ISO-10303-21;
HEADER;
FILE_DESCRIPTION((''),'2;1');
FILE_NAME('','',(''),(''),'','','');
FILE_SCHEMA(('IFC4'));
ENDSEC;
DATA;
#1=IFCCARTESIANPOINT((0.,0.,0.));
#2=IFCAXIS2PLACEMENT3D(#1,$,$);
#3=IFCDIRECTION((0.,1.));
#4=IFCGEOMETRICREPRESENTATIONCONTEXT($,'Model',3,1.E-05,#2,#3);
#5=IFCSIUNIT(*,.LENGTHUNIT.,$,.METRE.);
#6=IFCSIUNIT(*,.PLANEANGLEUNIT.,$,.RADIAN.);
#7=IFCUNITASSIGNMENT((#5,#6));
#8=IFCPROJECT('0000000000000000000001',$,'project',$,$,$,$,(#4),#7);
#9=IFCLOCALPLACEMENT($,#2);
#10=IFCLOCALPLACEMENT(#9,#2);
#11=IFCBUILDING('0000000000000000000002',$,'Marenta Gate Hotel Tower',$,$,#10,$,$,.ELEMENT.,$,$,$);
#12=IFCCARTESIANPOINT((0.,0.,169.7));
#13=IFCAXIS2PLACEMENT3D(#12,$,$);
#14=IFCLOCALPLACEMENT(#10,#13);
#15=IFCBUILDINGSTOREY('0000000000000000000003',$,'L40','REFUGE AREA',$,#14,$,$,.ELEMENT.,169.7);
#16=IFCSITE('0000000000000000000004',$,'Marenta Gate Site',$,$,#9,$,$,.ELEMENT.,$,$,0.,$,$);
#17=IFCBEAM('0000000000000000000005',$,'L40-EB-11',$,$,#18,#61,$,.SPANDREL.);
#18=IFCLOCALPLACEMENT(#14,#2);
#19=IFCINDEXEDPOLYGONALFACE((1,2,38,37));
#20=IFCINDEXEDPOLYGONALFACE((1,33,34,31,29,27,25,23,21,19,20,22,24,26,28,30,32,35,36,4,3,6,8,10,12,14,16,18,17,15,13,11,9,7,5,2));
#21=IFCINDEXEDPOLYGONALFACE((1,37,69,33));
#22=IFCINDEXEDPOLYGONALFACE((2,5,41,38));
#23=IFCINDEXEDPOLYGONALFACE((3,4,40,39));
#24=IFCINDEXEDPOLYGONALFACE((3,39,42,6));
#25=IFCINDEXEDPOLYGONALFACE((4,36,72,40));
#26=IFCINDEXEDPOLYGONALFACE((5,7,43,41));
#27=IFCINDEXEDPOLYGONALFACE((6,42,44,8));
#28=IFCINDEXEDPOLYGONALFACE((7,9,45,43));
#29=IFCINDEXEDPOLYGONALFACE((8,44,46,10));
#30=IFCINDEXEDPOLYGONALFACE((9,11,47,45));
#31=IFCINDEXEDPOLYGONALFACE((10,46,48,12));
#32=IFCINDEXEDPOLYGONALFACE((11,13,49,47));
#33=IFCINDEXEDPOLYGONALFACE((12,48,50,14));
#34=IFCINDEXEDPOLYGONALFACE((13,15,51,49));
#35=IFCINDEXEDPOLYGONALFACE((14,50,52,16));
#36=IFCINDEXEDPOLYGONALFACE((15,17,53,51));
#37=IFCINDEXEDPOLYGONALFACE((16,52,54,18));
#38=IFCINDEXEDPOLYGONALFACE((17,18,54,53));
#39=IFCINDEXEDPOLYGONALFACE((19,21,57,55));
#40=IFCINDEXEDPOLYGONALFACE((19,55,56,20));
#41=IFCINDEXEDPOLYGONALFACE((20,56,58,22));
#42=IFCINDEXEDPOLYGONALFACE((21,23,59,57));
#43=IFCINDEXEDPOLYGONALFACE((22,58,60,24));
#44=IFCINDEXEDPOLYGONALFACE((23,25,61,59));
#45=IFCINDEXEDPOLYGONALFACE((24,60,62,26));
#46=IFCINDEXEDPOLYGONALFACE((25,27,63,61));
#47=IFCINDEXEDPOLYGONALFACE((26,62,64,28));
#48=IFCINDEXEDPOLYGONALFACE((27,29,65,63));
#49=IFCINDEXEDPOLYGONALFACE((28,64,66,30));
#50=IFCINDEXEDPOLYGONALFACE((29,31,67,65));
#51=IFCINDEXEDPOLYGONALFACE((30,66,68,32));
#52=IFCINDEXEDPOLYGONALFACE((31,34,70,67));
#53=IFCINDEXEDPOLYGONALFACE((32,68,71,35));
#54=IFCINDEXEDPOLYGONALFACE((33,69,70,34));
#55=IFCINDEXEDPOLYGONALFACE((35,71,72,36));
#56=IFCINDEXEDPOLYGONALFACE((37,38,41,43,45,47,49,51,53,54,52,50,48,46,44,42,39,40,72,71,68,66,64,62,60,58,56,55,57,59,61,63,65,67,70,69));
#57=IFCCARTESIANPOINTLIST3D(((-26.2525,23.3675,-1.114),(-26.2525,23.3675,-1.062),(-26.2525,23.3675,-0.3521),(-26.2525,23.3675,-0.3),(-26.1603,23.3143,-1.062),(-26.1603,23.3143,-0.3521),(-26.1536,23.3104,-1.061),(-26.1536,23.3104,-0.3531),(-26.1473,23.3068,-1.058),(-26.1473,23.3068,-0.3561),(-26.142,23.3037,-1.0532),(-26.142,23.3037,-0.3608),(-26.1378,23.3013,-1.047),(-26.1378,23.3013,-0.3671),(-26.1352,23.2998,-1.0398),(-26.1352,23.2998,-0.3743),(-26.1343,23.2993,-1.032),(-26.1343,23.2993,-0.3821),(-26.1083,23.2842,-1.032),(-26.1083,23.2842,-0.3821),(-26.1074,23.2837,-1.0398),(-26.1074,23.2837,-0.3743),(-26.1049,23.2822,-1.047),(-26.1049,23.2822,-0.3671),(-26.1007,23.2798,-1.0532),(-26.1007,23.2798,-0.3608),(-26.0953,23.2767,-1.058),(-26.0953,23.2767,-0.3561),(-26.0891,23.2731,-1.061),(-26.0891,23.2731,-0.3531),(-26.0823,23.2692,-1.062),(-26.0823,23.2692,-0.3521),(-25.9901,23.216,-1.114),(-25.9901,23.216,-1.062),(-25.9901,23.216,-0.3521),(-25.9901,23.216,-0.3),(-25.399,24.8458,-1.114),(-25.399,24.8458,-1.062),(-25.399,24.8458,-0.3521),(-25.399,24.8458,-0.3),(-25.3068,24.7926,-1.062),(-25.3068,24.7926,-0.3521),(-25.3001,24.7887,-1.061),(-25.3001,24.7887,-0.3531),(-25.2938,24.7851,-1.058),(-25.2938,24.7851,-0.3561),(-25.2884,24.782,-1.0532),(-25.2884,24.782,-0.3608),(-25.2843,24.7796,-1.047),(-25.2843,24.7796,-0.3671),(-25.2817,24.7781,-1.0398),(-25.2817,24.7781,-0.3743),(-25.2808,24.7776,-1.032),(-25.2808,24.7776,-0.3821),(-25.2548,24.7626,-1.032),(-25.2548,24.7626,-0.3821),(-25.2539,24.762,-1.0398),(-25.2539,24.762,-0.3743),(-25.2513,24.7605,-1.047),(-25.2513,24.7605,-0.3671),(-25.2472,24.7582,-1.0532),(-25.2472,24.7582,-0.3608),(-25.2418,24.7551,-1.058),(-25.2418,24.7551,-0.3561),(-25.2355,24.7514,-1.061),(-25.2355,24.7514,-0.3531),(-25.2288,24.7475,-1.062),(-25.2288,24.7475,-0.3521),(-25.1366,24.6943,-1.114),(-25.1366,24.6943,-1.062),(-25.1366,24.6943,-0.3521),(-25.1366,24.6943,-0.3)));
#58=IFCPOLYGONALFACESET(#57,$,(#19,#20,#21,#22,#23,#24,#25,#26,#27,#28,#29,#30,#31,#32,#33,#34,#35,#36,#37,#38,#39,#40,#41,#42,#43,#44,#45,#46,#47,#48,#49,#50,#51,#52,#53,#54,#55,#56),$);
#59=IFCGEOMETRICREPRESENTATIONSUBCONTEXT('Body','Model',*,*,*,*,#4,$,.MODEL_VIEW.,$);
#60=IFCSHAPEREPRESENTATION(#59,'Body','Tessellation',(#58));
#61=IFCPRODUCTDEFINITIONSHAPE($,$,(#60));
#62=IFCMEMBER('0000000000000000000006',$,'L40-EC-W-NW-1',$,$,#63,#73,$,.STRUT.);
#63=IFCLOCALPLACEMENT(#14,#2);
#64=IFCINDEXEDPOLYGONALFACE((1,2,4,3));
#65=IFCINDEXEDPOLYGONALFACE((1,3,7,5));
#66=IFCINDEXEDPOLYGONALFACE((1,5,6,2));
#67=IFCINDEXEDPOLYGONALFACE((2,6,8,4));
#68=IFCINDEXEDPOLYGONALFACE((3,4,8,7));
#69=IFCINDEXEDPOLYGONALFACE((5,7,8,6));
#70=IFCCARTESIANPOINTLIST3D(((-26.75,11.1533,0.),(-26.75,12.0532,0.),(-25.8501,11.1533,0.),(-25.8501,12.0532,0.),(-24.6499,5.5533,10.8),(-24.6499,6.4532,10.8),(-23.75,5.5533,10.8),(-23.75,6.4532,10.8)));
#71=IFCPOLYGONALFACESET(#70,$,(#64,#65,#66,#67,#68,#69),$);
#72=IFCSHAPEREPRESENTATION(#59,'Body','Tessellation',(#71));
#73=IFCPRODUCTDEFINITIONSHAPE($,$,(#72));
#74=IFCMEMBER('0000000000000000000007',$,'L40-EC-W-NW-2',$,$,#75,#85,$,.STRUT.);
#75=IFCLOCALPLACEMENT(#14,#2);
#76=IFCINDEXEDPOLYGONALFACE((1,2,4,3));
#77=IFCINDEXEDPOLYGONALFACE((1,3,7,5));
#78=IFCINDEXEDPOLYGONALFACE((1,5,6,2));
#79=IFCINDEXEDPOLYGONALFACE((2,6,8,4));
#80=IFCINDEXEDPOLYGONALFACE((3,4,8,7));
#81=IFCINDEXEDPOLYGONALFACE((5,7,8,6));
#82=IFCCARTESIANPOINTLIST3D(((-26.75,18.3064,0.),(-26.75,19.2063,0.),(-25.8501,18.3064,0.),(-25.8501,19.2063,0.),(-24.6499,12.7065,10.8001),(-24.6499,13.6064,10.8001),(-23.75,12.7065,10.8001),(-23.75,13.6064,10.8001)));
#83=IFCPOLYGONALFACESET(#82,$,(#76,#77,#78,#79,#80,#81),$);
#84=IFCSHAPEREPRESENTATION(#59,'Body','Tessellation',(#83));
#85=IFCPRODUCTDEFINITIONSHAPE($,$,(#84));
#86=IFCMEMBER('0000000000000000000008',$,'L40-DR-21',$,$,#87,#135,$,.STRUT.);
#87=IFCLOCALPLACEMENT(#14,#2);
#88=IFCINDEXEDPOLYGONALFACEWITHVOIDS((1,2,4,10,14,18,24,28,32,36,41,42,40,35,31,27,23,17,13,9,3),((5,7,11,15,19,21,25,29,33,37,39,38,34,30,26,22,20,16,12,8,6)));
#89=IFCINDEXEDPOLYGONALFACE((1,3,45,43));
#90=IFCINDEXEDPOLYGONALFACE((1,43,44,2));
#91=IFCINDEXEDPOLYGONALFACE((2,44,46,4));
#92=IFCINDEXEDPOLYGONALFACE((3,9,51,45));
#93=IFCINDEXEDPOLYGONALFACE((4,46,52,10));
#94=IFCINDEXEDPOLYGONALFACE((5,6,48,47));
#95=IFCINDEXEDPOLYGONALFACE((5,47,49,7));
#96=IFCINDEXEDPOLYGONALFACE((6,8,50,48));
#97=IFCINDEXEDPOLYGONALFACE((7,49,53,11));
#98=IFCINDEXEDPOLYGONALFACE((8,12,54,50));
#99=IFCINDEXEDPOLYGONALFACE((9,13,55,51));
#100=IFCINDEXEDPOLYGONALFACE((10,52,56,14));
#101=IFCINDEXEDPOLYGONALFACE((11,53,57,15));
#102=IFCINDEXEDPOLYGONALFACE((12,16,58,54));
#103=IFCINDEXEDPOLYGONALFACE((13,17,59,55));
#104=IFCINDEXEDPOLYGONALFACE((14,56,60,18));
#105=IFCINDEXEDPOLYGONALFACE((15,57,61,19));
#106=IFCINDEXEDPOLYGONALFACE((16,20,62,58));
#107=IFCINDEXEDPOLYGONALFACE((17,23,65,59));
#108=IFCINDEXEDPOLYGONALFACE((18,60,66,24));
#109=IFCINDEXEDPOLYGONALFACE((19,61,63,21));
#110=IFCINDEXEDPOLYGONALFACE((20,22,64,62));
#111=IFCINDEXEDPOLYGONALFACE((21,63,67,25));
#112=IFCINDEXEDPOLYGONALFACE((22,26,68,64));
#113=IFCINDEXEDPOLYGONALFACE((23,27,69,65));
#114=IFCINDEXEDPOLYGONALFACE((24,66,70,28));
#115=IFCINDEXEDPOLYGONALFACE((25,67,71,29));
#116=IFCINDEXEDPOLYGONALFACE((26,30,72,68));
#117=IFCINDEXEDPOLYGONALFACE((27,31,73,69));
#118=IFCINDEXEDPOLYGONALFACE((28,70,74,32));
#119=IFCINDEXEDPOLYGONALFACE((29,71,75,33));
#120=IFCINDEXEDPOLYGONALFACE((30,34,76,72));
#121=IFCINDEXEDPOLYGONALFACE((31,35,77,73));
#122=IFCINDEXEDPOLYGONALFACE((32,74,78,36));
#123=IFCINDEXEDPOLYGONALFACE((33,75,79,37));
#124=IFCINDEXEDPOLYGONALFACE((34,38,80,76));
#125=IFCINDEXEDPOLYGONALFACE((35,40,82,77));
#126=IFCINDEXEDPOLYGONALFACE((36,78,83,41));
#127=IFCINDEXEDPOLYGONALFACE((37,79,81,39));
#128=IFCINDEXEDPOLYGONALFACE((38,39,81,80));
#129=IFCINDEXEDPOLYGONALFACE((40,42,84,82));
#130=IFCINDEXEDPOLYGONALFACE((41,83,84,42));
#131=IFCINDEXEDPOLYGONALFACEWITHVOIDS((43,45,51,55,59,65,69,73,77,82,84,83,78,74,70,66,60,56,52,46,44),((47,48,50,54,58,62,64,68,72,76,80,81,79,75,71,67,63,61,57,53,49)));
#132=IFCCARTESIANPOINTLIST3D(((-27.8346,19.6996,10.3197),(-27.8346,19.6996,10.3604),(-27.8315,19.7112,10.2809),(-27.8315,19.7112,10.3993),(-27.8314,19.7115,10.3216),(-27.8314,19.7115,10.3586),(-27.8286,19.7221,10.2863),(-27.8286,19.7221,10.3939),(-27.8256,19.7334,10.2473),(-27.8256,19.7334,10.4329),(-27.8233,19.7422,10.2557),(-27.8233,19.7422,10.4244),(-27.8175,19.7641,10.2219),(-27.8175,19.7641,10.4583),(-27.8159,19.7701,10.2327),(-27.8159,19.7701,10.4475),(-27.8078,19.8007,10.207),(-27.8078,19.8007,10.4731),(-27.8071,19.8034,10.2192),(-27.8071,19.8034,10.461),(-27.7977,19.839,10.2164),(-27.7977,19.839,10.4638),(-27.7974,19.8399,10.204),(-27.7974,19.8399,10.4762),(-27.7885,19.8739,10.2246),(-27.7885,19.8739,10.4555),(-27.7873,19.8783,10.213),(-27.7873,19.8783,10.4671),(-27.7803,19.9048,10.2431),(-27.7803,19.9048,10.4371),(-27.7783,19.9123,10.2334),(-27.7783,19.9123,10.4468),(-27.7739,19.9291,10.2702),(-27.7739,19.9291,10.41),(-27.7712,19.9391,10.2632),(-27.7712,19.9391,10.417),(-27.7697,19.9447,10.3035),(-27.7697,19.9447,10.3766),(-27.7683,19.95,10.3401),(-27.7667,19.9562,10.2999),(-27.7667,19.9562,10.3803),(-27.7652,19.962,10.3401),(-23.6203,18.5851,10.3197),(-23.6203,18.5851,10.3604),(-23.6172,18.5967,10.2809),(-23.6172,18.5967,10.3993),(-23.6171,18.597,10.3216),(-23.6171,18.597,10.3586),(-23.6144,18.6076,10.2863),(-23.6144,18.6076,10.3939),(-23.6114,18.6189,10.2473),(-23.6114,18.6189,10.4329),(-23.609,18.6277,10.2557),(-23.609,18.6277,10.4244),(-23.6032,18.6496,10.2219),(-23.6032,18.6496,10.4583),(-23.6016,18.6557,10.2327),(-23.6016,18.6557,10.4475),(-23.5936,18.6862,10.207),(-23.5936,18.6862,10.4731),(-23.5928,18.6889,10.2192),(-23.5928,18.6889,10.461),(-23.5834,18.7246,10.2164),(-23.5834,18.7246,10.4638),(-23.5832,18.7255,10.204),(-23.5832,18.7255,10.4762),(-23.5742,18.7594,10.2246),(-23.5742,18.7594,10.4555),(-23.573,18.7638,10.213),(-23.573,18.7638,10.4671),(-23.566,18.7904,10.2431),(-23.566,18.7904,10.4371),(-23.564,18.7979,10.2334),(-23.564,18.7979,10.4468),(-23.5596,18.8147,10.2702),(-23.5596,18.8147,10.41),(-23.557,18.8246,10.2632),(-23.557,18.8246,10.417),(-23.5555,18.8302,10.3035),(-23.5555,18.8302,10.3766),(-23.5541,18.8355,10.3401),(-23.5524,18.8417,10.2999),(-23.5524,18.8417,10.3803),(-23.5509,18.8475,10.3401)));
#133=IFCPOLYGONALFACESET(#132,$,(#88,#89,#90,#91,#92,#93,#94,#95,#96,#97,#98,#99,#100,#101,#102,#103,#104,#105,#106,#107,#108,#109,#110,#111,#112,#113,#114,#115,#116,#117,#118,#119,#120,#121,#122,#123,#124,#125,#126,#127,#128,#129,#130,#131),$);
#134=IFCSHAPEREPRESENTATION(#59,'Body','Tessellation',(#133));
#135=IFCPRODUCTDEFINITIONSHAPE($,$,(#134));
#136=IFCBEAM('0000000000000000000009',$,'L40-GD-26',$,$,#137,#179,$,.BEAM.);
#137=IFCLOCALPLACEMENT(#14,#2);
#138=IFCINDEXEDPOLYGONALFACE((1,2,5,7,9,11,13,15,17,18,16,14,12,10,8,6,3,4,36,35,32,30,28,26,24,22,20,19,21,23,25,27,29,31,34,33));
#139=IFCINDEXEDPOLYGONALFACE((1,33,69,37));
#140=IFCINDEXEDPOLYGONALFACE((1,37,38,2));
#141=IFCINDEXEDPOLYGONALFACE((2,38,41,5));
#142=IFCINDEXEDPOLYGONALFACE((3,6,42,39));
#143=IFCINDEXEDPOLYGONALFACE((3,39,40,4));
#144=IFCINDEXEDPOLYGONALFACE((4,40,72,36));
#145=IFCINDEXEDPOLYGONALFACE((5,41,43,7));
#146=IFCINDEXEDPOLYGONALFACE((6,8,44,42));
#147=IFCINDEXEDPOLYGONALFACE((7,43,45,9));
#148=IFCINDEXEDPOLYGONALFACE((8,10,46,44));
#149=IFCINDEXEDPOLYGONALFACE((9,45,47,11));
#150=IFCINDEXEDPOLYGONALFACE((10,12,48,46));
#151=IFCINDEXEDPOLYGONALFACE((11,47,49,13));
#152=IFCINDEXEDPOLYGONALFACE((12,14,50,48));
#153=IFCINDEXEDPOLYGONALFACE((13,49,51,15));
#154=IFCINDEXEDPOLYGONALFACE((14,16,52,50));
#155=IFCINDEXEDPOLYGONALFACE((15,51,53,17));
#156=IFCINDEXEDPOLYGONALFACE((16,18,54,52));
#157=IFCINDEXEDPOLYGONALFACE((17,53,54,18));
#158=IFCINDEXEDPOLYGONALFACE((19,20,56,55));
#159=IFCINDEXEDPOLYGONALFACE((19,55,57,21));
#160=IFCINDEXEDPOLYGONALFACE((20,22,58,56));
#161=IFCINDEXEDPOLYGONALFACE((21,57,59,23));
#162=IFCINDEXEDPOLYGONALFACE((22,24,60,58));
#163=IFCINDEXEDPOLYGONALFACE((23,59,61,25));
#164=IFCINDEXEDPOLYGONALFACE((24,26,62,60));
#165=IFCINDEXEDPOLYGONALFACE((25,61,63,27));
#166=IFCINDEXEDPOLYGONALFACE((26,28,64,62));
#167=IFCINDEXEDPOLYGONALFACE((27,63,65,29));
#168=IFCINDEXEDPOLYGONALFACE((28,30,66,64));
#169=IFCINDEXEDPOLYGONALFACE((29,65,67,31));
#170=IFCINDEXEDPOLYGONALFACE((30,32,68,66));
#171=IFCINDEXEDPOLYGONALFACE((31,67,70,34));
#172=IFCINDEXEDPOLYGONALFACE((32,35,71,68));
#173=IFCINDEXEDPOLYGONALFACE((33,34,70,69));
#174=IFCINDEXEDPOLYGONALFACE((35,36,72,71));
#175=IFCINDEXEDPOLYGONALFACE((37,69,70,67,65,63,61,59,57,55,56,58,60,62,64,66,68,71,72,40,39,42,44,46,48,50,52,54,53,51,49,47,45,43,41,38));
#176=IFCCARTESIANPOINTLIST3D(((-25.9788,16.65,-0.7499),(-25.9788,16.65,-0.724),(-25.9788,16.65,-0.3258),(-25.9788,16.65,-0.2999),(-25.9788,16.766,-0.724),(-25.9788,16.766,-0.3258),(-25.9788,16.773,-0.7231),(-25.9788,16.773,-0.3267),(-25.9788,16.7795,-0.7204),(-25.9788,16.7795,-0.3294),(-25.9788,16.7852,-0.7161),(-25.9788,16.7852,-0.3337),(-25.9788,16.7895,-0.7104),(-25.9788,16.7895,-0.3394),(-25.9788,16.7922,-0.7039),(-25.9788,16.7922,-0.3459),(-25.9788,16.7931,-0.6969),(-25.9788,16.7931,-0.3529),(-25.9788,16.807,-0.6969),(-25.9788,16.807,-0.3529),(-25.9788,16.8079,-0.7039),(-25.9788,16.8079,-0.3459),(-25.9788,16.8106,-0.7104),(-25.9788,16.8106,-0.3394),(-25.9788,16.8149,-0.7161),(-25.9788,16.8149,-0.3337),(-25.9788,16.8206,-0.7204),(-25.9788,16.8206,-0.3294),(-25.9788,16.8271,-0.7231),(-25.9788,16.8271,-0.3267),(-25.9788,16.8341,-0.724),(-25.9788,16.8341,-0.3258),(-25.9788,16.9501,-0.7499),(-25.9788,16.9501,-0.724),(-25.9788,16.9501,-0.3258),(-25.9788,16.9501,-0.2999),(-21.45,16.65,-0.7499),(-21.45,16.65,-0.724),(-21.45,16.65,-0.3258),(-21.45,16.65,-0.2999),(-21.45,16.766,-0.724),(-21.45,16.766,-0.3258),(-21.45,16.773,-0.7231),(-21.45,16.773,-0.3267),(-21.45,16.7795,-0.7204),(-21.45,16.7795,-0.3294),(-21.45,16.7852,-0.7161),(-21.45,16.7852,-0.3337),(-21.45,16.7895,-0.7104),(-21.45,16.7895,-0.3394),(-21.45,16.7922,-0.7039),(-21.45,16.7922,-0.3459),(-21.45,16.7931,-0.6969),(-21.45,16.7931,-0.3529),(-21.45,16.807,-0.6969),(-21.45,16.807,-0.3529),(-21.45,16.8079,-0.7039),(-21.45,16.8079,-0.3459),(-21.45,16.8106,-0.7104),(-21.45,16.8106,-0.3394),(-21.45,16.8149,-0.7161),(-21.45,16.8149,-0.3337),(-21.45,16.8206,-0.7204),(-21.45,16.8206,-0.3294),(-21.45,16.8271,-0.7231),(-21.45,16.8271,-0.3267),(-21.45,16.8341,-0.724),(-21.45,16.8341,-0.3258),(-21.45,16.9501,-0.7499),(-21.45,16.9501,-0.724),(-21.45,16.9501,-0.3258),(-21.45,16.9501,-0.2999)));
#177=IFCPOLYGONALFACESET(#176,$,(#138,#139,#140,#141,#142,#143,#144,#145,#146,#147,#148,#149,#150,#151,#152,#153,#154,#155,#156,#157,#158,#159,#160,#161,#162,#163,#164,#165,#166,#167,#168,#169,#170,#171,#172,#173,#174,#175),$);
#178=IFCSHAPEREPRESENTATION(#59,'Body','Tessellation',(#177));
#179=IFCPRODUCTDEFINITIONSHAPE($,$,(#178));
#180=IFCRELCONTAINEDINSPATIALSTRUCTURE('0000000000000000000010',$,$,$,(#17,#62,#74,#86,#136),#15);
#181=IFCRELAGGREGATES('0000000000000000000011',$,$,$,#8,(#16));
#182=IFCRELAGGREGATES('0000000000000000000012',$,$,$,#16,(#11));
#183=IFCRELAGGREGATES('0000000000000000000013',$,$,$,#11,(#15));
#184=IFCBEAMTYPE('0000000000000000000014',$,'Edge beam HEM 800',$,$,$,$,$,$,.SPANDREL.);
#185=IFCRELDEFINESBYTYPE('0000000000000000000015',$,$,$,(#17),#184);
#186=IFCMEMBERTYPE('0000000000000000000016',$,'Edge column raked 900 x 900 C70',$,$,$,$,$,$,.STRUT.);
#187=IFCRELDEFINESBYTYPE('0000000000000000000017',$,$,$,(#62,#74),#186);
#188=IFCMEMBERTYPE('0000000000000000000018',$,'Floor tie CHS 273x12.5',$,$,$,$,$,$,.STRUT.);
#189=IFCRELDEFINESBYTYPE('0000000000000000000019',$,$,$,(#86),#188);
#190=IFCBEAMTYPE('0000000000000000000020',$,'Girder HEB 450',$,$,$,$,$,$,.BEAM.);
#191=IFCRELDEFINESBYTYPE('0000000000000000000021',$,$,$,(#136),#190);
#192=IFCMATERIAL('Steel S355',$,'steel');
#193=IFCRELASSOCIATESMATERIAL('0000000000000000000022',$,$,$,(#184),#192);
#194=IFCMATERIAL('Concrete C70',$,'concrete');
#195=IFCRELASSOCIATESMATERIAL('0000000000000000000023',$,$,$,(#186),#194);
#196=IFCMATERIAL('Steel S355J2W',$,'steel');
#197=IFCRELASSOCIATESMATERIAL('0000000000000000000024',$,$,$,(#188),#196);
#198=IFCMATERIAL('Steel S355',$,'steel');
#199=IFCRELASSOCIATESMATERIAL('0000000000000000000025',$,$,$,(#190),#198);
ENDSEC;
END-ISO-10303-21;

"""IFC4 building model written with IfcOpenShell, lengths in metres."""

from ifc_helpers import new_model, si_unit, direction, frame, origin, origin_2d, place, context, subcontext, project, spatial, rectangle, hollow_circle, i_section, extrude, material, material_profile, profile_set, type_object, element, save


model = new_model("IFC4")

# Units and contexts
model_context = context("Model", 3, precision=1e-05, world=origin(), true_north=direction((0.0, 1.0)))
body_context = subcontext(model_context, "Body", "Model", "MODEL_VIEW")
ifc_project = project(units=[si_unit("LENGTHUNIT", "METRE"), si_unit("PLANEANGLEUNIT", "RADIAN")], contexts=[model_context])

# Site, building, storey
site_placement = place(None, origin())
site = spatial("IfcSite", under=ifc_project, at=site_placement, Name="Marenta Gate Site", CompositionType="ELEMENT", RefElevation=0.0)
building_placement = place(site_placement, origin())
building = spatial("IfcBuilding", under=site, at=building_placement, Name="Marenta Gate Hotel Tower", CompositionType="ELEMENT")
storey_placement = place(building_placement, frame((0.0, 0.0, 169.7)))
storey = spatial("IfcBuildingStorey", under=building, at=storey_placement, Name="L40", Description="REFUGE AREA", CompositionType="ELEMENT", Elevation=169.7)

# Beam
ifc_material_1 = material(Name="Steel S355", Category="steel")
ifc_material_profile_1 = material_profile(ifc_material_1, i_section(OverallWidth=0.303, OverallDepth=0.814, WebThickness=0.03, FlangeThickness=0.052, FilletRadius=0.03, at=origin_2d()), Name="HEM 800")
ifc_profile_set_1 = profile_set([ifc_material_profile_1], Name="Steel S355")
beam_type_1 = type_object("IfcBeamType", Name="Edge beam HEM 800", PredefinedType="SPANDREL", material=ifc_profile_set_1)
beam_1_placement = place(storey_placement, frame((-26.1213, 23.2917, -0.707), z_axis=(0.500015, 0.866016, 0.0), x_axis=(-0.866016, 0.500015, 0.0)))
element("IfcBeam", 1, at=beam_1_placement, inside=storey, type_object=beam_type_1, Name="L40-EB-11", PredefinedType="SPANDREL", context=body_context, shape_type="SweptSolid", body=[
    extrude(i_section(OverallWidth=0.303, OverallDepth=0.814, WebThickness=0.03, FlangeThickness=0.052, FilletRadius=0.03, at=origin_2d()), origin(), (0.0, 0.0, 1.0), 1.707),
])

# Members
ifc_material_2 = material(Name="Concrete C70", Category="concrete")
ifc_material_profile_2 = material_profile(ifc_material_2, rectangle(XDim=0.8999, YDim=0.8999, at=origin_2d()), Name="900 x 900")
ifc_profile_set_2 = profile_set([ifc_material_profile_2], Name="Concrete C70")
member_type_1 = type_object("IfcMemberType", Name="Edge column raked 900 x 900 C70", PredefinedType="STRUT", material=ifc_profile_set_2)
member_1_placement = place(storey_placement, frame((-26.3, 11.6033, 0.0), z_axis=(0.0, 0.0, 1.0), x_axis=(1.0, 0.0, 0.0)))
element("IfcMember", 2, at=member_1_placement, inside=storey, type_object=member_type_1, Name="L40-EC-W-NW-1", PredefinedType="STRUT", context=body_context, shape_type="SweptSolid", body=[
    extrude(rectangle(XDim=0.8999, YDim=0.8999, at=origin_2d()), origin(), (0.17011, -0.453613, 0.874813), 12.3455),
])
member_2_placement = place(storey_placement, frame((-26.3, 18.7563, 0.0), z_axis=(0.0, 0.0, 1.0), x_axis=(1.0, 0.0, 0.0)))
element("IfcMember", 3, at=member_2_placement, inside=storey, type_object=member_type_1, Name="L40-EC-W-NW-2", PredefinedType="STRUT", context=body_context, shape_type="SweptSolid", body=[
    extrude(rectangle(XDim=0.8999, YDim=0.8999, at=origin_2d()), origin(), (0.170111, -0.453597, 0.874821), 12.3455),
])
ifc_material_3 = material(Name="Steel S355J2W", Category="steel")
ifc_material_profile_3 = material_profile(ifc_material_3, hollow_circle(Radius=0.1365, WallThickness=0.0125, at=origin_2d()), Name="CHS 273x12.5")
ifc_profile_set_3 = profile_set([ifc_material_profile_3], Name="Steel S355J2W")
member_type_2 = type_object("IfcMemberType", Name="Floor tie CHS 273x12.5", PredefinedType="STRUT", material=ifc_profile_set_3)
member_3_placement = place(storey_placement, frame((-27.8, 19.8301, 10.3401), z_axis=(0.966766, -0.255665, 0.0), x_axis=(0.255665, 0.966766, 0.0)))
element("IfcMember", 4, at=member_3_placement, inside=storey, type_object=member_type_2, Name="L40-DR-21", PredefinedType="STRUT", context=body_context, shape_type="SweptSolid", body=[
    extrude(hollow_circle(Radius=0.1365, WallThickness=0.0125, at=origin_2d()), origin(), (0.0, 0.0, 1.0), 4.3591),
])

# Beam
ifc_material_4 = material(Name="Steel S355", Category="steel")
ifc_material_profile_4 = material_profile(ifc_material_4, i_section(OverallWidth=0.3, OverallDepth=0.45, WebThickness=0.0139, FlangeThickness=0.0259, FilletRadius=0.0271, at=origin_2d()), Name="HEB 450")
ifc_profile_set_4 = profile_set([ifc_material_profile_4], Name="Steel S355")
beam_type_2 = type_object("IfcBeamType", Name="Girder HEB 450", PredefinedType="BEAM", material=ifc_profile_set_4)
beam_2_placement = place(storey_placement, frame((-25.9788, 16.8, -0.5249), z_axis=(1.0, 0.0, 0.0), x_axis=(0.0, 1.0, 0.0)))
element("IfcBeam", 5, at=beam_2_placement, inside=storey, type_object=beam_type_2, Name="L40-GD-26", PredefinedType="BEAM", context=body_context, shape_type="SweptSolid", body=[
    extrude(i_section(OverallWidth=0.3, OverallDepth=0.45, WebThickness=0.0139, FlangeThickness=0.0259, FilletRadius=0.0271, at=origin_2d()), origin(), (0.0, 0.0, 1.0), 4.5288),
])

save(model, "model.ifc")
